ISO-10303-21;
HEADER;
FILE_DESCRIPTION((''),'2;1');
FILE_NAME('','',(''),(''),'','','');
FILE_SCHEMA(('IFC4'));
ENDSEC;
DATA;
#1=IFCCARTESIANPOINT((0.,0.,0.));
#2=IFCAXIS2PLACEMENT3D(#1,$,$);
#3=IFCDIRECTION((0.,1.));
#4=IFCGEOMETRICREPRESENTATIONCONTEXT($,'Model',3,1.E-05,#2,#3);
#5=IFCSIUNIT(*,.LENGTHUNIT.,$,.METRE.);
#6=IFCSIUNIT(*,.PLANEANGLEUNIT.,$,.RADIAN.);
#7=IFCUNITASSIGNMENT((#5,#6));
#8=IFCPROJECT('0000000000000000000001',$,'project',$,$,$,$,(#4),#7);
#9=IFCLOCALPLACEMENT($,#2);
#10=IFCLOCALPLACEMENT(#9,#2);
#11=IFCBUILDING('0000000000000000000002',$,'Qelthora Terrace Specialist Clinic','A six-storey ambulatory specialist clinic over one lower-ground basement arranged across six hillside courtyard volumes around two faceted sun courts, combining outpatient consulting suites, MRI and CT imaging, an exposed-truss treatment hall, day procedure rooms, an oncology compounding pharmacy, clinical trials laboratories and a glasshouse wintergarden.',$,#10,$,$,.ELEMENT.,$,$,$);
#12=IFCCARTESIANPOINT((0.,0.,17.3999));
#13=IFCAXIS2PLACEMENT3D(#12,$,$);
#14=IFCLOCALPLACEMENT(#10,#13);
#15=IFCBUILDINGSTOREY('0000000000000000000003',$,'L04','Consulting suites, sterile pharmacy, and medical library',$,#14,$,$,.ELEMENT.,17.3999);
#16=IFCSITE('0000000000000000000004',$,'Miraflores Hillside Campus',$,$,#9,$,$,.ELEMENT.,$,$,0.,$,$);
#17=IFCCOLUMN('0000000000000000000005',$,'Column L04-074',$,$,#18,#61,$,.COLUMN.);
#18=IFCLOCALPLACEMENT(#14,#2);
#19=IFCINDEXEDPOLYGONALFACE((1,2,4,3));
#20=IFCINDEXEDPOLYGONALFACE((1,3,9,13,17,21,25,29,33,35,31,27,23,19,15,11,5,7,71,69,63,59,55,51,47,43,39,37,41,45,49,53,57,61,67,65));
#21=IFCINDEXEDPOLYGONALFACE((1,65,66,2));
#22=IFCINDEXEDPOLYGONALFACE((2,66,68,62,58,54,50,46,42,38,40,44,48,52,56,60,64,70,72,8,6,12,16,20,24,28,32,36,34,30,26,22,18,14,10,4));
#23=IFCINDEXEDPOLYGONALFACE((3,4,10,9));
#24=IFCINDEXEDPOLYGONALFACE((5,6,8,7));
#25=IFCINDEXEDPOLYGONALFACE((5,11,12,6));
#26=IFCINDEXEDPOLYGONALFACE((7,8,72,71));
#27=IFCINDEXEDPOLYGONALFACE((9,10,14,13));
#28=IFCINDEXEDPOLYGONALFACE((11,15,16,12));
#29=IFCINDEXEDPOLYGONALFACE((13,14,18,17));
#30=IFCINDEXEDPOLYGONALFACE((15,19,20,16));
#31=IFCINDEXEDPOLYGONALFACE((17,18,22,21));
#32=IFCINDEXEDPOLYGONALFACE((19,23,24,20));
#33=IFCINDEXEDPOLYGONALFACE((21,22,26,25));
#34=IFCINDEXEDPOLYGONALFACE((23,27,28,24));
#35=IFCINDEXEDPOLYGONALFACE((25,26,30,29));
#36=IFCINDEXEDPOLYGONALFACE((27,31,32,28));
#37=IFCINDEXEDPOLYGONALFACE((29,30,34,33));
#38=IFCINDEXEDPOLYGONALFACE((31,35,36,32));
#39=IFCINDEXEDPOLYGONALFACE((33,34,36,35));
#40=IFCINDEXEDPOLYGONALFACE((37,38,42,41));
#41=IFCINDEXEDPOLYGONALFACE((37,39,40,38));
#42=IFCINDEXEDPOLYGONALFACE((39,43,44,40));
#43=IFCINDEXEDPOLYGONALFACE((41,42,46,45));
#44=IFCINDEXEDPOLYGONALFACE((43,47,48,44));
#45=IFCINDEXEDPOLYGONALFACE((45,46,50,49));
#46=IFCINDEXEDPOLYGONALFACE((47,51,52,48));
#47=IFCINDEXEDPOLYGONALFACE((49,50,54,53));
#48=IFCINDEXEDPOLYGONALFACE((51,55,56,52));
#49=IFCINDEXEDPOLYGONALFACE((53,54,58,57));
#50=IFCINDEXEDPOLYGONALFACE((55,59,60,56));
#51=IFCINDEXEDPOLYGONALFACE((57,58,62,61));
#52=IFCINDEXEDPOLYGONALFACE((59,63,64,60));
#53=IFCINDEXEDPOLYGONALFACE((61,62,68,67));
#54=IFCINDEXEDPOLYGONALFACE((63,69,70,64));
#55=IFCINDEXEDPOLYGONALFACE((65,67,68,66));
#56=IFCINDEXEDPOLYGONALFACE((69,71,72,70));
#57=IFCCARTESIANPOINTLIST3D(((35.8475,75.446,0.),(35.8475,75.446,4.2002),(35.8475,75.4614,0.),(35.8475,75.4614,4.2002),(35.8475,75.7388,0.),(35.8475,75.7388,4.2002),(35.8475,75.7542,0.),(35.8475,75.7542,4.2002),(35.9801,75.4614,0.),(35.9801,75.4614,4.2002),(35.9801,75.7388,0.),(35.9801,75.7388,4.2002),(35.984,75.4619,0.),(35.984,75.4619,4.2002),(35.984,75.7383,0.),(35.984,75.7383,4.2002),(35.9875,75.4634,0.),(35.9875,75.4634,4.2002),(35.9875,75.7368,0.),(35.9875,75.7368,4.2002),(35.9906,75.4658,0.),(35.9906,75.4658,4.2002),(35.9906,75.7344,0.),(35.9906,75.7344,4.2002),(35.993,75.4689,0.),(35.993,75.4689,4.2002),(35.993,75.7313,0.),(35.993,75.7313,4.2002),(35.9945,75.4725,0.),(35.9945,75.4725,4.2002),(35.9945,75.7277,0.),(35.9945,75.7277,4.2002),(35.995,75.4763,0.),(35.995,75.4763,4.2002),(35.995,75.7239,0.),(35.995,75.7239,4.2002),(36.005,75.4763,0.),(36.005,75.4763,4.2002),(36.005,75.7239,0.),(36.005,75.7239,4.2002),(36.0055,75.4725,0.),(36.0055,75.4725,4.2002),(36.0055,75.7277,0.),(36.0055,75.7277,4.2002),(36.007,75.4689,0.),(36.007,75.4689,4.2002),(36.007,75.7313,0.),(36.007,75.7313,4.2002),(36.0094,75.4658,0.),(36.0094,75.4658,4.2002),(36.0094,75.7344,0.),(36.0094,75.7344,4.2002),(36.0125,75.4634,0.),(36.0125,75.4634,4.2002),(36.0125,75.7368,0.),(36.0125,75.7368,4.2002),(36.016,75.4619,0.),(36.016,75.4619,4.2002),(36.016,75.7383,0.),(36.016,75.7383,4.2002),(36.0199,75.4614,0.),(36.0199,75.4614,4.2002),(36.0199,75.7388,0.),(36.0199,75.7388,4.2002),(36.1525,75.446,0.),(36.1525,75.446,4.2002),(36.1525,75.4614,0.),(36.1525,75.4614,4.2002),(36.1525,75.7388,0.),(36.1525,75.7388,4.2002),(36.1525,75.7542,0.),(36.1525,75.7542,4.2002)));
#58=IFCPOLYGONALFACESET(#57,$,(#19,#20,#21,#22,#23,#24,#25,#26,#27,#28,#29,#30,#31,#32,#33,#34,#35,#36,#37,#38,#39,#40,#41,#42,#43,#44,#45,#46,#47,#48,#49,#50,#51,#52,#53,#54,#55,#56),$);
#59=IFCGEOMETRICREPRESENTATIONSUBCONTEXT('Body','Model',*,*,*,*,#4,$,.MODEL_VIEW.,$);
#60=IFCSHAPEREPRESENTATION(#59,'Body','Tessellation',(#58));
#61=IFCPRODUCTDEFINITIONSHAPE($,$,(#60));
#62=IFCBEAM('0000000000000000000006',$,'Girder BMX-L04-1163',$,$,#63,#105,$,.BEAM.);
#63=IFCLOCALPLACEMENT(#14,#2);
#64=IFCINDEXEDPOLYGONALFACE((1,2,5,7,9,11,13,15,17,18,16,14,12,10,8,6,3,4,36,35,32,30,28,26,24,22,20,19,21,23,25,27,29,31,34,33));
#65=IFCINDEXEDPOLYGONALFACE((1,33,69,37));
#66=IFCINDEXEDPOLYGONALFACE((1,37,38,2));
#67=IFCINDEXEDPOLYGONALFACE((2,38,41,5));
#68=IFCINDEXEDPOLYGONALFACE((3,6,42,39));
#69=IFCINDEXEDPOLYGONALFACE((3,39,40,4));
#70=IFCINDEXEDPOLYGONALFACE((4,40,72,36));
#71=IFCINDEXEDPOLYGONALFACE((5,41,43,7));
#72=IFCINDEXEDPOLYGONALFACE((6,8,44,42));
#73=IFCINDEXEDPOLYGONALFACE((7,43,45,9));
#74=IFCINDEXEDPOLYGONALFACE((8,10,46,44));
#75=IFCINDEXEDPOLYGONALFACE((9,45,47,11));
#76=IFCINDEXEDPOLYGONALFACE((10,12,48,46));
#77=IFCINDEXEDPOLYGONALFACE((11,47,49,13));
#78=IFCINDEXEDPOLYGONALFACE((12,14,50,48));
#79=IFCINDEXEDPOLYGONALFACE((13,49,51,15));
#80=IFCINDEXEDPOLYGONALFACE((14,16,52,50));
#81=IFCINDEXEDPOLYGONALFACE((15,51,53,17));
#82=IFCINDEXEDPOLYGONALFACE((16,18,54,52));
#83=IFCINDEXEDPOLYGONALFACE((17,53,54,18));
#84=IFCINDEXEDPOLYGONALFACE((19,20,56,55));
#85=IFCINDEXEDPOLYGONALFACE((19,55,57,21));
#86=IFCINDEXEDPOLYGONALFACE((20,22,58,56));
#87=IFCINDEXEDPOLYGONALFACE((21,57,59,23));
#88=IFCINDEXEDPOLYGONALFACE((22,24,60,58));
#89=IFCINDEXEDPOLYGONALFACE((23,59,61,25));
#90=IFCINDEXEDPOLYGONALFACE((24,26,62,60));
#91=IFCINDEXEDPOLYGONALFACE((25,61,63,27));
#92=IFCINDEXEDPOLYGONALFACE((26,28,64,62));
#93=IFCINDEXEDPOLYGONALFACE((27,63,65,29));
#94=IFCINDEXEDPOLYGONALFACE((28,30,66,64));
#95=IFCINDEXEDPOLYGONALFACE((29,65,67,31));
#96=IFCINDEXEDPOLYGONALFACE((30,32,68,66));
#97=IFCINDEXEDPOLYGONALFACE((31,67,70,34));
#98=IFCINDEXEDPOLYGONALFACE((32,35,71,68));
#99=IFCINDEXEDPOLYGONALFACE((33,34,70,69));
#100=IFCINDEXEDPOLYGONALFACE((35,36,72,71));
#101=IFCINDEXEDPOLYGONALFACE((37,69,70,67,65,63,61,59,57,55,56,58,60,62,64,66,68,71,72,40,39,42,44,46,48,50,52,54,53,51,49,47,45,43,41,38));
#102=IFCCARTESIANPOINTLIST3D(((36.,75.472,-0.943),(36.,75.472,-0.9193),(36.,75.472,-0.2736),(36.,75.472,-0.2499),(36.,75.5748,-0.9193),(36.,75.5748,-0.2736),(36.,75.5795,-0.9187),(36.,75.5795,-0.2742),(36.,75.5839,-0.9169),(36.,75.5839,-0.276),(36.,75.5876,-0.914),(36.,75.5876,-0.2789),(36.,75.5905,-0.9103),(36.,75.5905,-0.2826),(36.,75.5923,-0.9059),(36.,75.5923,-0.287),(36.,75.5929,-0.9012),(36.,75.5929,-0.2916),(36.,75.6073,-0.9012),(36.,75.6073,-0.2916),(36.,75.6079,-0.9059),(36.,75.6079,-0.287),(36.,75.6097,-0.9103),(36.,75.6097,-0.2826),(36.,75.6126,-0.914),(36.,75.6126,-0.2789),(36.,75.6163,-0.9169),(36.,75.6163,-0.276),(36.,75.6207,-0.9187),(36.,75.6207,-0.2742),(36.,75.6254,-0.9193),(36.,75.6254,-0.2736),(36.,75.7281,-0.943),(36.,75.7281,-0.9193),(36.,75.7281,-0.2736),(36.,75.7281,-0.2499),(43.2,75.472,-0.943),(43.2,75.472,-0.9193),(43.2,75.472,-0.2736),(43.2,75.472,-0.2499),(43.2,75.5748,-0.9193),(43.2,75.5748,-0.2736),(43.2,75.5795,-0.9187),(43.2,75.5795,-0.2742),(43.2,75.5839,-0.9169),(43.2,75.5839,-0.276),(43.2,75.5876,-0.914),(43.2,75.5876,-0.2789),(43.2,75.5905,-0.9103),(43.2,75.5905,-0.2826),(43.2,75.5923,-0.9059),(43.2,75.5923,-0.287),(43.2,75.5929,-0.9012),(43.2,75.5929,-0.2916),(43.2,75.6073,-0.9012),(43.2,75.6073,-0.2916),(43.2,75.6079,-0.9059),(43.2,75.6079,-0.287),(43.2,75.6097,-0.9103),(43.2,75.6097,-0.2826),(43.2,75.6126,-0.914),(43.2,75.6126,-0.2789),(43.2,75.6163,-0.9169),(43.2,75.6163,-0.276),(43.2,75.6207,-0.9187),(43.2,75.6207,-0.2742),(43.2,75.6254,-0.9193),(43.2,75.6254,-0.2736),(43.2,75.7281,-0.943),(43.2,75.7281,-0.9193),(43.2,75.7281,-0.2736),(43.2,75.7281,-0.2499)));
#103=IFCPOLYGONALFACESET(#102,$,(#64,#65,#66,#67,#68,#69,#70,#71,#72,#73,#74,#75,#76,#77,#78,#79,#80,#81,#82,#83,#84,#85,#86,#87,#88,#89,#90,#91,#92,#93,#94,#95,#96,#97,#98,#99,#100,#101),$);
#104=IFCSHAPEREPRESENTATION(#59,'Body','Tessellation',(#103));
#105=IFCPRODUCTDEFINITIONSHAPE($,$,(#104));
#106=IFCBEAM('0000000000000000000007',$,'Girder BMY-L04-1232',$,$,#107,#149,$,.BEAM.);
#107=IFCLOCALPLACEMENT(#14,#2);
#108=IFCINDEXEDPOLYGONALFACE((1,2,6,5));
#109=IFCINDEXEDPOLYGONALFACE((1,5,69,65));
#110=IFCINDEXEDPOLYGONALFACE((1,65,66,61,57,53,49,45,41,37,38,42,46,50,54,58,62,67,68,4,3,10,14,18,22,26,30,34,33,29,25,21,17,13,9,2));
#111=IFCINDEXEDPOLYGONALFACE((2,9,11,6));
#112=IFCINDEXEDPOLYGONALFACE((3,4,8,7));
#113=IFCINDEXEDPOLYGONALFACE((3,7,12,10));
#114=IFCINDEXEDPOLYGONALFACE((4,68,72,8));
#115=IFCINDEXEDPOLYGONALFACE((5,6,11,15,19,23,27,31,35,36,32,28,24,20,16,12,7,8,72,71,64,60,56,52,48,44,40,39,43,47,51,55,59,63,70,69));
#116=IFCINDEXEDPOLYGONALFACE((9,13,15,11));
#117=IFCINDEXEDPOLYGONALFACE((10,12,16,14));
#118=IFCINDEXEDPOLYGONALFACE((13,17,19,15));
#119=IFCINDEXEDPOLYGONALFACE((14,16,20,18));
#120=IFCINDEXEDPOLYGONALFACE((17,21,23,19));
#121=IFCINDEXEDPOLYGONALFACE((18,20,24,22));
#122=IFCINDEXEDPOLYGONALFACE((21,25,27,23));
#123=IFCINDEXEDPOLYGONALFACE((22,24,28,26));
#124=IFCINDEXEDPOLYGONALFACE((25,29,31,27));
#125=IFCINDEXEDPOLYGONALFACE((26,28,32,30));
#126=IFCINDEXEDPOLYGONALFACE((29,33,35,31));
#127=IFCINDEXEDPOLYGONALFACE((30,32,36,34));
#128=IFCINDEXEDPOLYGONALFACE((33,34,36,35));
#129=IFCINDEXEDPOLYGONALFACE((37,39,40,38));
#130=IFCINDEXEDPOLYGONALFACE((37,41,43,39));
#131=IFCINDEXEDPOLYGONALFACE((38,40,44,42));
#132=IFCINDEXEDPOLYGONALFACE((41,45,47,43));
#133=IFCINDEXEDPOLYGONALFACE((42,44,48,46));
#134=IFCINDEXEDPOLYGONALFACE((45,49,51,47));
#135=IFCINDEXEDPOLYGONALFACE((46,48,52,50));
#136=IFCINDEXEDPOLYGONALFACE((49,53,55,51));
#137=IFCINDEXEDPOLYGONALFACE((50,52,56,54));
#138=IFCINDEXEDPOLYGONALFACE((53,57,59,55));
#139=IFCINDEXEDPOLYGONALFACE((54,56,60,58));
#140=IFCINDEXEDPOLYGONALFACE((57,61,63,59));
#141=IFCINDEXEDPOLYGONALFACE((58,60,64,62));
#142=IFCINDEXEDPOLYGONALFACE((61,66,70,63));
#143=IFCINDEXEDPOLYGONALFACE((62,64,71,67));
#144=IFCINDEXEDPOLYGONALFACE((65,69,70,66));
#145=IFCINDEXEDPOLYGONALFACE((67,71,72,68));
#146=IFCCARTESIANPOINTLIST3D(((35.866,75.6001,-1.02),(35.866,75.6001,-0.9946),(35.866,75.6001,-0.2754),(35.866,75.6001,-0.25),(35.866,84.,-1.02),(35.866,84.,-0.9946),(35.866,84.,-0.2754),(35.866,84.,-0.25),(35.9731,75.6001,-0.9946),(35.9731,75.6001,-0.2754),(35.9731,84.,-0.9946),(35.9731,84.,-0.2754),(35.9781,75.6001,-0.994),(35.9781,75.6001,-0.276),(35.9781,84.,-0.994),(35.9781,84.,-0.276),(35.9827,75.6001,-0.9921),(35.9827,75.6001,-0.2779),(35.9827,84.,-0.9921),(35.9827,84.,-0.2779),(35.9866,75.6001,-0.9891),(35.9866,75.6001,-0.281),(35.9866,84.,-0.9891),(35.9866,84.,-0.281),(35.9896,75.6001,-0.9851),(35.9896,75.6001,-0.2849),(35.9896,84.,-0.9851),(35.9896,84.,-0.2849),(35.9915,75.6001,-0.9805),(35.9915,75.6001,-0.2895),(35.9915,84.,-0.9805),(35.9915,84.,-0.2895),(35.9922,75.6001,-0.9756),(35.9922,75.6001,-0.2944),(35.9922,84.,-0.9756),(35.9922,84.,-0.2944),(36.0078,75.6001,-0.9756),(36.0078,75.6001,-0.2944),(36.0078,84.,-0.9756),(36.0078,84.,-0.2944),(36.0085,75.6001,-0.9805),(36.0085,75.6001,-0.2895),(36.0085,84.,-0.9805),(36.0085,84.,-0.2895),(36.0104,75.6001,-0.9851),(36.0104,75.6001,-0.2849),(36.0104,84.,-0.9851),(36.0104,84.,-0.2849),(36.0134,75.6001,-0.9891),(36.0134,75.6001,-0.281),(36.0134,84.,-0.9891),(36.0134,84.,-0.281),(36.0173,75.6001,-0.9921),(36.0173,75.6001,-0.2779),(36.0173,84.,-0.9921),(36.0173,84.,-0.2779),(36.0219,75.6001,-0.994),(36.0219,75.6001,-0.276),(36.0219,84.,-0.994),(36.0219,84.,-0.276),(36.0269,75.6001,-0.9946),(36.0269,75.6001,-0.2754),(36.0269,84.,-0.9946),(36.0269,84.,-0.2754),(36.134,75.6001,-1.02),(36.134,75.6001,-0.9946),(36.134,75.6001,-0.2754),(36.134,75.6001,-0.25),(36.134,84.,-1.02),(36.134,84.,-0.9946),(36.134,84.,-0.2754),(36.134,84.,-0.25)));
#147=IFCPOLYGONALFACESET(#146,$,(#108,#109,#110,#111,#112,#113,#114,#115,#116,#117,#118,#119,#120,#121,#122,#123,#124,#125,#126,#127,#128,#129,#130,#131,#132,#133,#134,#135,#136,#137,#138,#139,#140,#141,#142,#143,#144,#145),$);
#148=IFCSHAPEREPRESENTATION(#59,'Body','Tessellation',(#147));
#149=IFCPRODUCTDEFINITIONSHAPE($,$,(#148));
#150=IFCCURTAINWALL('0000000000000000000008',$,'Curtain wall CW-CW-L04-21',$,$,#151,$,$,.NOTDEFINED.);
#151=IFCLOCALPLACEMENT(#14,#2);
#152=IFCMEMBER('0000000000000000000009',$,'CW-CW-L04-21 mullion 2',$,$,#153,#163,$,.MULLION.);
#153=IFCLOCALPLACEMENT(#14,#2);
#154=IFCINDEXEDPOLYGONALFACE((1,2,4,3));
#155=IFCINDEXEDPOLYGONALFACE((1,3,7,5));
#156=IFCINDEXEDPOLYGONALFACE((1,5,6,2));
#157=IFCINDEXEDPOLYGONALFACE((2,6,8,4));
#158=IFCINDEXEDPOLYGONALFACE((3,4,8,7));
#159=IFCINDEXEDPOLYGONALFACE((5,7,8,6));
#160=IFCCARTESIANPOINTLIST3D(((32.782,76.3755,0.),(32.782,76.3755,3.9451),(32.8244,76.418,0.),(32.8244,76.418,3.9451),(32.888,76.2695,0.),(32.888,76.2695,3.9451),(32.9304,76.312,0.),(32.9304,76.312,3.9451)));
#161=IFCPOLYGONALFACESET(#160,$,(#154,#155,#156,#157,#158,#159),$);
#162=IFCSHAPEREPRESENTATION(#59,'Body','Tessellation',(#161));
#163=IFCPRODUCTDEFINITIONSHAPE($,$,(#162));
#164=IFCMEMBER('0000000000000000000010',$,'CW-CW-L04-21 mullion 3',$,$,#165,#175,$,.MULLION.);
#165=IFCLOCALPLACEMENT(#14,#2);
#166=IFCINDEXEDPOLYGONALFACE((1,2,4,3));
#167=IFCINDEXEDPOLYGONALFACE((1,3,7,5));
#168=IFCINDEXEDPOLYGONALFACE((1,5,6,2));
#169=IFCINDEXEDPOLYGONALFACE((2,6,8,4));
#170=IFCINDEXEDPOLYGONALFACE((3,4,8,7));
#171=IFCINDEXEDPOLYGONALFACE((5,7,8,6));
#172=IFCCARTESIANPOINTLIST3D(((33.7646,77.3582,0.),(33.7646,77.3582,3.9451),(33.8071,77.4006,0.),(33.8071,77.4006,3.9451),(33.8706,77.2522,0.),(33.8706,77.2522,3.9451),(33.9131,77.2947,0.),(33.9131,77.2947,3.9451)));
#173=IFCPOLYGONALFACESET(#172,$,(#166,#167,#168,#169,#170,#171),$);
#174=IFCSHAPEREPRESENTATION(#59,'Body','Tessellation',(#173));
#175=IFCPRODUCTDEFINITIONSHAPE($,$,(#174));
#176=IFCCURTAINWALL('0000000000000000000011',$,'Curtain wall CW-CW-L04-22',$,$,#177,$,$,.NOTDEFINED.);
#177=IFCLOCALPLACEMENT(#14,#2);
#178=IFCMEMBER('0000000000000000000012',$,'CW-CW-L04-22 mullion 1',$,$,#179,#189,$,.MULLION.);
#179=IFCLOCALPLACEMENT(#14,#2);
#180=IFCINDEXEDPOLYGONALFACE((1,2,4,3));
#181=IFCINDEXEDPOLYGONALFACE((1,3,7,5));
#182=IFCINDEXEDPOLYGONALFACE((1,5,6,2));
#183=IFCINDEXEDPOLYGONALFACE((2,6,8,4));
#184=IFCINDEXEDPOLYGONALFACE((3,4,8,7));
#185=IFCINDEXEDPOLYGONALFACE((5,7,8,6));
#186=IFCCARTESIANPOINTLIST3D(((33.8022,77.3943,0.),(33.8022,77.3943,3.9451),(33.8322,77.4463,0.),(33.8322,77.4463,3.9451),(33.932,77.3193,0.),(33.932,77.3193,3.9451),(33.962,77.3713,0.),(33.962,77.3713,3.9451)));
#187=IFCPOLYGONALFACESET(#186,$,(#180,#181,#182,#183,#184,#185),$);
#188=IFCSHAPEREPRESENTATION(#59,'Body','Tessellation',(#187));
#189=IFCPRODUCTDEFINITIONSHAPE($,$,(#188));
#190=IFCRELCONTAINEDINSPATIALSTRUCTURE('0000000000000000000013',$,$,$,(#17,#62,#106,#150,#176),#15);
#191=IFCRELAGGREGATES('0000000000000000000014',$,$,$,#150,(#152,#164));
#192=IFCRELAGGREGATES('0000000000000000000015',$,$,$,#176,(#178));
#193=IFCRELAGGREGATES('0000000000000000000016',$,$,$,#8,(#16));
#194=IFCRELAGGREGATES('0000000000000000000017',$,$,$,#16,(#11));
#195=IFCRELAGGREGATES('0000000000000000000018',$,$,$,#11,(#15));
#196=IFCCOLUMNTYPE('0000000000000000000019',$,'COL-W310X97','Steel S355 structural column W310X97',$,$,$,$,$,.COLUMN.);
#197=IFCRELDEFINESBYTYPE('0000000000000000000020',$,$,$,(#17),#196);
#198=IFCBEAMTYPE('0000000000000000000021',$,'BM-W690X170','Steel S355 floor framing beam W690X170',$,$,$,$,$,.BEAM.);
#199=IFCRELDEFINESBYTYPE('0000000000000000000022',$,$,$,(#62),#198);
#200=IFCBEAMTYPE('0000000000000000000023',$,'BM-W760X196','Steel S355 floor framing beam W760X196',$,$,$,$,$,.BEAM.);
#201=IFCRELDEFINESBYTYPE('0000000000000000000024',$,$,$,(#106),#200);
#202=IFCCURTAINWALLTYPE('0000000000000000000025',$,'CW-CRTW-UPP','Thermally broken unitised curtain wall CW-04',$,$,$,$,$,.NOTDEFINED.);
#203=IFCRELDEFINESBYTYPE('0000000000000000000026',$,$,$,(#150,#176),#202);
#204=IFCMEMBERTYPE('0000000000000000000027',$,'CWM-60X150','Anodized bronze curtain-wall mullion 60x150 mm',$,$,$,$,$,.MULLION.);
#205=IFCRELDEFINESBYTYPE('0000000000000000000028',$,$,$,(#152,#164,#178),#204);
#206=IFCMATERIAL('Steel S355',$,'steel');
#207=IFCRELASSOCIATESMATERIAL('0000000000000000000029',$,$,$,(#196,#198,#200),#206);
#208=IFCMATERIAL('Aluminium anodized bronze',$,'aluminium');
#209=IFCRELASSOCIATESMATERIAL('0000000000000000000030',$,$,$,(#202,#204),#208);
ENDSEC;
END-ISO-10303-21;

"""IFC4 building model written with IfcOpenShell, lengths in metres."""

from ifc_helpers import new_model, si_unit, direction, frame, origin, origin_2d, place, context, subcontext, project, spatial, rectangle, i_section, extrude, material, material_profile, profile_set, type_object, element, aggregate, save


model = new_model("IFC4")

# Units and contexts
model_context = context("Model", 3, precision=1e-05, world=origin(), true_north=direction((0.0, 1.0)))
body_context = subcontext(model_context, "Body", "Model", "MODEL_VIEW")
ifc_project = project(units=[si_unit("LENGTHUNIT", "METRE"), si_unit("PLANEANGLEUNIT", "RADIAN")], contexts=[model_context])

# Site, building, storey
site_placement = place(None, origin())
site = spatial("IfcSite", under=ifc_project, at=site_placement, Name="Miraflores Hillside Campus", CompositionType="ELEMENT", RefElevation=0.0)
building_placement = place(site_placement, origin())
building = spatial("IfcBuilding", under=site, at=building_placement, Name="Qelthora Terrace Specialist Clinic", Description="A six-storey ambulatory specialist clinic over one lower-ground basement arranged across six hillside courtyard volumes around two faceted sun courts, combining outpatient consulting suites, MRI and CT imaging, an exposed-truss treatment hall, day procedure rooms, an oncology compounding pharmacy, clinical trials laboratories and a glasshouse wintergarden.", CompositionType="ELEMENT")
storey_placement = place(building_placement, frame((0.0, 0.0, 17.3999)))
storey = spatial("IfcBuildingStorey", under=building, at=storey_placement, Name="L04", Description="Consulting suites, sterile pharmacy, and medical library", CompositionType="ELEMENT", Elevation=17.3999)

# Column
ifc_material_1 = material(Name="Steel S355", Category="steel")
ifc_material_profile_1 = material_profile(ifc_material_1, i_section(OverallWidth=0.3049, OverallDepth=0.3081, WebThickness=0.01, FlangeThickness=0.0154, FilletRadius=0.0149, at=origin_2d()), Name="W310X97")
ifc_profile_set_1 = profile_set([ifc_material_profile_1], Name="Steel S355")
column_type = type_object("IfcColumnType", Name="COL-W310X97", Description="Steel S355 structural column W310X97", PredefinedType="COLUMN", material=ifc_profile_set_1)
column_placement = place(storey_placement, frame((36.0, 75.6001, 0.0), z_axis=(0.0, 0.0, 1.0), x_axis=(1.0, 0.0, 0.0)))
element("IfcColumn", 1, at=column_placement, inside=storey, type_object=column_type, Name="Column L04-074", PredefinedType="COLUMN", context=body_context, shape_type="SweptSolid", body=[
    extrude(i_section(OverallWidth=0.3049, OverallDepth=0.3081, WebThickness=0.01, FlangeThickness=0.0154, FilletRadius=0.0149, at=origin_2d()), origin(), (0.0, 0.0, 1.0), 4.2002),
])

# Beams
ifc_material_profile_2 = material_profile(ifc_material_1, i_section(OverallWidth=0.2561, OverallDepth=0.6931, WebThickness=0.0144, FlangeThickness=0.0237, FilletRadius=0.0181, at=origin_2d()), Name="W690X170")
ifc_profile_set_2 = profile_set([ifc_material_profile_2], Name="Steel S355")
beam_type_1 = type_object("IfcBeamType", Name="BM-W690X170", Description="Steel S355 floor framing beam W690X170", PredefinedType="BEAM", material=ifc_profile_set_2)
beam_1_placement = place(storey_placement, frame((36.0, 75.6001, -0.5964), z_axis=(1.0, 0.0, 0.0), x_axis=(0.0, 1.0, 0.0)))
element("IfcBeam", 2, at=beam_1_placement, inside=storey, type_object=beam_type_1, Name="Girder BMX-L04-1163", PredefinedType="BEAM", context=body_context, shape_type="SweptSolid", body=[
    extrude(i_section(OverallWidth=0.2561, OverallDepth=0.6931, WebThickness=0.0144, FlangeThickness=0.0237, FilletRadius=0.0181, at=origin_2d()), origin(), (0.0, 0.0, 1.0), 7.2),
])
ifc_material_profile_3 = material_profile(ifc_material_1, i_section(OverallWidth=0.2681, OverallDepth=0.77, WebThickness=0.0156, FlangeThickness=0.0254, FilletRadius=0.019, at=origin_2d()), Name="W760X196")
ifc_profile_set_3 = profile_set([ifc_material_profile_3], Name="Steel S355")
beam_type_2 = type_object("IfcBeamType", Name="BM-W760X196", Description="Steel S355 floor framing beam W760X196", PredefinedType="BEAM", material=ifc_profile_set_3)
beam_2_placement = place(storey_placement, frame((36.0, 75.6001, -0.635), z_axis=(0.0, 1.0, 0.0), x_axis=(-1.0, 0.0, 0.0)))
element("IfcBeam", 3, at=beam_2_placement, inside=storey, type_object=beam_type_2, Name="Girder BMY-L04-1232", PredefinedType="BEAM", context=body_context, shape_type="SweptSolid", body=[
    extrude(i_section(OverallWidth=0.2681, OverallDepth=0.77, WebThickness=0.0156, FlangeThickness=0.0254, FilletRadius=0.019, at=origin_2d()), origin(), (0.0, 0.0, 1.0), 8.3999),
])

# Curtain walls, members
ifc_material_2 = material(Name="Aluminium anodized bronze", Category="aluminium")
curtain_wall_type = type_object("IfcCurtainWallType", Name="CW-CRTW-UPP", Description="Thermally broken unitised curtain wall CW-04", PredefinedType="NOTDEFINED", material=ifc_material_2)
curtain_wall_1_placement = place(storey_placement, origin())
curtain_wall_1 = element("IfcCurtainWall", 4, at=curtain_wall_1_placement, inside=storey, type_object=curtain_wall_type, Name="Curtain wall CW-CW-L04-21", PredefinedType="NOTDEFINED")
ifc_material_profile_4 = material_profile(ifc_material_2, rectangle(XDim=0.0601, YDim=0.1499, at=origin_2d()), Name="CWM60X150")
ifc_profile_set_4 = profile_set([ifc_material_profile_4], Name="Aluminium anodized bronze")
member_type_1 = type_object("IfcMemberType", Name="CWM-60X150", Description="Anodized bronze curtain-wall mullion 60x150 mm", PredefinedType="MULLION", material=ifc_profile_set_4)
member_1_placement = place(storey_placement, frame((32.8562, 76.3438, 0.0), z_axis=(0.0, 0.0, 1.0), x_axis=(0.707107, 0.707107, 0.0)))
member_1 = element("IfcMember", 5, at=member_1_placement, type_object=member_type_1, Name="CW-CW-L04-21 mullion 2", PredefinedType="MULLION", context=body_context, shape_type="SweptSolid", body=[
    extrude(rectangle(XDim=0.0601, YDim=0.1499, at=origin_2d()), origin(), (0.0, 0.0, 1.0), 3.9451),
])
member_2_placement = place(storey_placement, frame((33.8389, 77.3264, 0.0), z_axis=(0.0, 0.0, 1.0), x_axis=(0.707107, 0.707107, 0.0)))
member_2 = element("IfcMember", 6, at=member_2_placement, type_object=member_type_1, Name="CW-CW-L04-21 mullion 3", PredefinedType="MULLION", context=body_context, shape_type="SweptSolid", body=[
    extrude(rectangle(XDim=0.0601, YDim=0.1499, at=origin_2d()), origin(), (0.0, 0.0, 1.0), 3.9451),
])
curtain_wall_2_placement = place(storey_placement, origin())
curtain_wall_2 = element("IfcCurtainWall", 7, at=curtain_wall_2_placement, inside=storey, type_object=curtain_wall_type, Name="Curtain wall CW-CW-L04-22", PredefinedType="NOTDEFINED")
member_3_placement = place(storey_placement, frame((33.8821, 77.3828, 0.0), z_axis=(0.0, 0.0, 1.0), x_axis=(0.5, 0.866026, 0.0)))
member_3 = element("IfcMember", 8, at=member_3_placement, type_object=member_type_1, Name="CW-CW-L04-22 mullion 1", PredefinedType="MULLION", context=body_context, shape_type="SweptSolid", body=[
    extrude(rectangle(XDim=0.0601, YDim=0.1499, at=origin_2d()), origin(), (0.0, 0.0, 1.0), 3.9451),
])

aggregate(curtain_wall_1, [member_1, member_2])
aggregate(curtain_wall_2, [member_3])

save(model, "model.ifc")
